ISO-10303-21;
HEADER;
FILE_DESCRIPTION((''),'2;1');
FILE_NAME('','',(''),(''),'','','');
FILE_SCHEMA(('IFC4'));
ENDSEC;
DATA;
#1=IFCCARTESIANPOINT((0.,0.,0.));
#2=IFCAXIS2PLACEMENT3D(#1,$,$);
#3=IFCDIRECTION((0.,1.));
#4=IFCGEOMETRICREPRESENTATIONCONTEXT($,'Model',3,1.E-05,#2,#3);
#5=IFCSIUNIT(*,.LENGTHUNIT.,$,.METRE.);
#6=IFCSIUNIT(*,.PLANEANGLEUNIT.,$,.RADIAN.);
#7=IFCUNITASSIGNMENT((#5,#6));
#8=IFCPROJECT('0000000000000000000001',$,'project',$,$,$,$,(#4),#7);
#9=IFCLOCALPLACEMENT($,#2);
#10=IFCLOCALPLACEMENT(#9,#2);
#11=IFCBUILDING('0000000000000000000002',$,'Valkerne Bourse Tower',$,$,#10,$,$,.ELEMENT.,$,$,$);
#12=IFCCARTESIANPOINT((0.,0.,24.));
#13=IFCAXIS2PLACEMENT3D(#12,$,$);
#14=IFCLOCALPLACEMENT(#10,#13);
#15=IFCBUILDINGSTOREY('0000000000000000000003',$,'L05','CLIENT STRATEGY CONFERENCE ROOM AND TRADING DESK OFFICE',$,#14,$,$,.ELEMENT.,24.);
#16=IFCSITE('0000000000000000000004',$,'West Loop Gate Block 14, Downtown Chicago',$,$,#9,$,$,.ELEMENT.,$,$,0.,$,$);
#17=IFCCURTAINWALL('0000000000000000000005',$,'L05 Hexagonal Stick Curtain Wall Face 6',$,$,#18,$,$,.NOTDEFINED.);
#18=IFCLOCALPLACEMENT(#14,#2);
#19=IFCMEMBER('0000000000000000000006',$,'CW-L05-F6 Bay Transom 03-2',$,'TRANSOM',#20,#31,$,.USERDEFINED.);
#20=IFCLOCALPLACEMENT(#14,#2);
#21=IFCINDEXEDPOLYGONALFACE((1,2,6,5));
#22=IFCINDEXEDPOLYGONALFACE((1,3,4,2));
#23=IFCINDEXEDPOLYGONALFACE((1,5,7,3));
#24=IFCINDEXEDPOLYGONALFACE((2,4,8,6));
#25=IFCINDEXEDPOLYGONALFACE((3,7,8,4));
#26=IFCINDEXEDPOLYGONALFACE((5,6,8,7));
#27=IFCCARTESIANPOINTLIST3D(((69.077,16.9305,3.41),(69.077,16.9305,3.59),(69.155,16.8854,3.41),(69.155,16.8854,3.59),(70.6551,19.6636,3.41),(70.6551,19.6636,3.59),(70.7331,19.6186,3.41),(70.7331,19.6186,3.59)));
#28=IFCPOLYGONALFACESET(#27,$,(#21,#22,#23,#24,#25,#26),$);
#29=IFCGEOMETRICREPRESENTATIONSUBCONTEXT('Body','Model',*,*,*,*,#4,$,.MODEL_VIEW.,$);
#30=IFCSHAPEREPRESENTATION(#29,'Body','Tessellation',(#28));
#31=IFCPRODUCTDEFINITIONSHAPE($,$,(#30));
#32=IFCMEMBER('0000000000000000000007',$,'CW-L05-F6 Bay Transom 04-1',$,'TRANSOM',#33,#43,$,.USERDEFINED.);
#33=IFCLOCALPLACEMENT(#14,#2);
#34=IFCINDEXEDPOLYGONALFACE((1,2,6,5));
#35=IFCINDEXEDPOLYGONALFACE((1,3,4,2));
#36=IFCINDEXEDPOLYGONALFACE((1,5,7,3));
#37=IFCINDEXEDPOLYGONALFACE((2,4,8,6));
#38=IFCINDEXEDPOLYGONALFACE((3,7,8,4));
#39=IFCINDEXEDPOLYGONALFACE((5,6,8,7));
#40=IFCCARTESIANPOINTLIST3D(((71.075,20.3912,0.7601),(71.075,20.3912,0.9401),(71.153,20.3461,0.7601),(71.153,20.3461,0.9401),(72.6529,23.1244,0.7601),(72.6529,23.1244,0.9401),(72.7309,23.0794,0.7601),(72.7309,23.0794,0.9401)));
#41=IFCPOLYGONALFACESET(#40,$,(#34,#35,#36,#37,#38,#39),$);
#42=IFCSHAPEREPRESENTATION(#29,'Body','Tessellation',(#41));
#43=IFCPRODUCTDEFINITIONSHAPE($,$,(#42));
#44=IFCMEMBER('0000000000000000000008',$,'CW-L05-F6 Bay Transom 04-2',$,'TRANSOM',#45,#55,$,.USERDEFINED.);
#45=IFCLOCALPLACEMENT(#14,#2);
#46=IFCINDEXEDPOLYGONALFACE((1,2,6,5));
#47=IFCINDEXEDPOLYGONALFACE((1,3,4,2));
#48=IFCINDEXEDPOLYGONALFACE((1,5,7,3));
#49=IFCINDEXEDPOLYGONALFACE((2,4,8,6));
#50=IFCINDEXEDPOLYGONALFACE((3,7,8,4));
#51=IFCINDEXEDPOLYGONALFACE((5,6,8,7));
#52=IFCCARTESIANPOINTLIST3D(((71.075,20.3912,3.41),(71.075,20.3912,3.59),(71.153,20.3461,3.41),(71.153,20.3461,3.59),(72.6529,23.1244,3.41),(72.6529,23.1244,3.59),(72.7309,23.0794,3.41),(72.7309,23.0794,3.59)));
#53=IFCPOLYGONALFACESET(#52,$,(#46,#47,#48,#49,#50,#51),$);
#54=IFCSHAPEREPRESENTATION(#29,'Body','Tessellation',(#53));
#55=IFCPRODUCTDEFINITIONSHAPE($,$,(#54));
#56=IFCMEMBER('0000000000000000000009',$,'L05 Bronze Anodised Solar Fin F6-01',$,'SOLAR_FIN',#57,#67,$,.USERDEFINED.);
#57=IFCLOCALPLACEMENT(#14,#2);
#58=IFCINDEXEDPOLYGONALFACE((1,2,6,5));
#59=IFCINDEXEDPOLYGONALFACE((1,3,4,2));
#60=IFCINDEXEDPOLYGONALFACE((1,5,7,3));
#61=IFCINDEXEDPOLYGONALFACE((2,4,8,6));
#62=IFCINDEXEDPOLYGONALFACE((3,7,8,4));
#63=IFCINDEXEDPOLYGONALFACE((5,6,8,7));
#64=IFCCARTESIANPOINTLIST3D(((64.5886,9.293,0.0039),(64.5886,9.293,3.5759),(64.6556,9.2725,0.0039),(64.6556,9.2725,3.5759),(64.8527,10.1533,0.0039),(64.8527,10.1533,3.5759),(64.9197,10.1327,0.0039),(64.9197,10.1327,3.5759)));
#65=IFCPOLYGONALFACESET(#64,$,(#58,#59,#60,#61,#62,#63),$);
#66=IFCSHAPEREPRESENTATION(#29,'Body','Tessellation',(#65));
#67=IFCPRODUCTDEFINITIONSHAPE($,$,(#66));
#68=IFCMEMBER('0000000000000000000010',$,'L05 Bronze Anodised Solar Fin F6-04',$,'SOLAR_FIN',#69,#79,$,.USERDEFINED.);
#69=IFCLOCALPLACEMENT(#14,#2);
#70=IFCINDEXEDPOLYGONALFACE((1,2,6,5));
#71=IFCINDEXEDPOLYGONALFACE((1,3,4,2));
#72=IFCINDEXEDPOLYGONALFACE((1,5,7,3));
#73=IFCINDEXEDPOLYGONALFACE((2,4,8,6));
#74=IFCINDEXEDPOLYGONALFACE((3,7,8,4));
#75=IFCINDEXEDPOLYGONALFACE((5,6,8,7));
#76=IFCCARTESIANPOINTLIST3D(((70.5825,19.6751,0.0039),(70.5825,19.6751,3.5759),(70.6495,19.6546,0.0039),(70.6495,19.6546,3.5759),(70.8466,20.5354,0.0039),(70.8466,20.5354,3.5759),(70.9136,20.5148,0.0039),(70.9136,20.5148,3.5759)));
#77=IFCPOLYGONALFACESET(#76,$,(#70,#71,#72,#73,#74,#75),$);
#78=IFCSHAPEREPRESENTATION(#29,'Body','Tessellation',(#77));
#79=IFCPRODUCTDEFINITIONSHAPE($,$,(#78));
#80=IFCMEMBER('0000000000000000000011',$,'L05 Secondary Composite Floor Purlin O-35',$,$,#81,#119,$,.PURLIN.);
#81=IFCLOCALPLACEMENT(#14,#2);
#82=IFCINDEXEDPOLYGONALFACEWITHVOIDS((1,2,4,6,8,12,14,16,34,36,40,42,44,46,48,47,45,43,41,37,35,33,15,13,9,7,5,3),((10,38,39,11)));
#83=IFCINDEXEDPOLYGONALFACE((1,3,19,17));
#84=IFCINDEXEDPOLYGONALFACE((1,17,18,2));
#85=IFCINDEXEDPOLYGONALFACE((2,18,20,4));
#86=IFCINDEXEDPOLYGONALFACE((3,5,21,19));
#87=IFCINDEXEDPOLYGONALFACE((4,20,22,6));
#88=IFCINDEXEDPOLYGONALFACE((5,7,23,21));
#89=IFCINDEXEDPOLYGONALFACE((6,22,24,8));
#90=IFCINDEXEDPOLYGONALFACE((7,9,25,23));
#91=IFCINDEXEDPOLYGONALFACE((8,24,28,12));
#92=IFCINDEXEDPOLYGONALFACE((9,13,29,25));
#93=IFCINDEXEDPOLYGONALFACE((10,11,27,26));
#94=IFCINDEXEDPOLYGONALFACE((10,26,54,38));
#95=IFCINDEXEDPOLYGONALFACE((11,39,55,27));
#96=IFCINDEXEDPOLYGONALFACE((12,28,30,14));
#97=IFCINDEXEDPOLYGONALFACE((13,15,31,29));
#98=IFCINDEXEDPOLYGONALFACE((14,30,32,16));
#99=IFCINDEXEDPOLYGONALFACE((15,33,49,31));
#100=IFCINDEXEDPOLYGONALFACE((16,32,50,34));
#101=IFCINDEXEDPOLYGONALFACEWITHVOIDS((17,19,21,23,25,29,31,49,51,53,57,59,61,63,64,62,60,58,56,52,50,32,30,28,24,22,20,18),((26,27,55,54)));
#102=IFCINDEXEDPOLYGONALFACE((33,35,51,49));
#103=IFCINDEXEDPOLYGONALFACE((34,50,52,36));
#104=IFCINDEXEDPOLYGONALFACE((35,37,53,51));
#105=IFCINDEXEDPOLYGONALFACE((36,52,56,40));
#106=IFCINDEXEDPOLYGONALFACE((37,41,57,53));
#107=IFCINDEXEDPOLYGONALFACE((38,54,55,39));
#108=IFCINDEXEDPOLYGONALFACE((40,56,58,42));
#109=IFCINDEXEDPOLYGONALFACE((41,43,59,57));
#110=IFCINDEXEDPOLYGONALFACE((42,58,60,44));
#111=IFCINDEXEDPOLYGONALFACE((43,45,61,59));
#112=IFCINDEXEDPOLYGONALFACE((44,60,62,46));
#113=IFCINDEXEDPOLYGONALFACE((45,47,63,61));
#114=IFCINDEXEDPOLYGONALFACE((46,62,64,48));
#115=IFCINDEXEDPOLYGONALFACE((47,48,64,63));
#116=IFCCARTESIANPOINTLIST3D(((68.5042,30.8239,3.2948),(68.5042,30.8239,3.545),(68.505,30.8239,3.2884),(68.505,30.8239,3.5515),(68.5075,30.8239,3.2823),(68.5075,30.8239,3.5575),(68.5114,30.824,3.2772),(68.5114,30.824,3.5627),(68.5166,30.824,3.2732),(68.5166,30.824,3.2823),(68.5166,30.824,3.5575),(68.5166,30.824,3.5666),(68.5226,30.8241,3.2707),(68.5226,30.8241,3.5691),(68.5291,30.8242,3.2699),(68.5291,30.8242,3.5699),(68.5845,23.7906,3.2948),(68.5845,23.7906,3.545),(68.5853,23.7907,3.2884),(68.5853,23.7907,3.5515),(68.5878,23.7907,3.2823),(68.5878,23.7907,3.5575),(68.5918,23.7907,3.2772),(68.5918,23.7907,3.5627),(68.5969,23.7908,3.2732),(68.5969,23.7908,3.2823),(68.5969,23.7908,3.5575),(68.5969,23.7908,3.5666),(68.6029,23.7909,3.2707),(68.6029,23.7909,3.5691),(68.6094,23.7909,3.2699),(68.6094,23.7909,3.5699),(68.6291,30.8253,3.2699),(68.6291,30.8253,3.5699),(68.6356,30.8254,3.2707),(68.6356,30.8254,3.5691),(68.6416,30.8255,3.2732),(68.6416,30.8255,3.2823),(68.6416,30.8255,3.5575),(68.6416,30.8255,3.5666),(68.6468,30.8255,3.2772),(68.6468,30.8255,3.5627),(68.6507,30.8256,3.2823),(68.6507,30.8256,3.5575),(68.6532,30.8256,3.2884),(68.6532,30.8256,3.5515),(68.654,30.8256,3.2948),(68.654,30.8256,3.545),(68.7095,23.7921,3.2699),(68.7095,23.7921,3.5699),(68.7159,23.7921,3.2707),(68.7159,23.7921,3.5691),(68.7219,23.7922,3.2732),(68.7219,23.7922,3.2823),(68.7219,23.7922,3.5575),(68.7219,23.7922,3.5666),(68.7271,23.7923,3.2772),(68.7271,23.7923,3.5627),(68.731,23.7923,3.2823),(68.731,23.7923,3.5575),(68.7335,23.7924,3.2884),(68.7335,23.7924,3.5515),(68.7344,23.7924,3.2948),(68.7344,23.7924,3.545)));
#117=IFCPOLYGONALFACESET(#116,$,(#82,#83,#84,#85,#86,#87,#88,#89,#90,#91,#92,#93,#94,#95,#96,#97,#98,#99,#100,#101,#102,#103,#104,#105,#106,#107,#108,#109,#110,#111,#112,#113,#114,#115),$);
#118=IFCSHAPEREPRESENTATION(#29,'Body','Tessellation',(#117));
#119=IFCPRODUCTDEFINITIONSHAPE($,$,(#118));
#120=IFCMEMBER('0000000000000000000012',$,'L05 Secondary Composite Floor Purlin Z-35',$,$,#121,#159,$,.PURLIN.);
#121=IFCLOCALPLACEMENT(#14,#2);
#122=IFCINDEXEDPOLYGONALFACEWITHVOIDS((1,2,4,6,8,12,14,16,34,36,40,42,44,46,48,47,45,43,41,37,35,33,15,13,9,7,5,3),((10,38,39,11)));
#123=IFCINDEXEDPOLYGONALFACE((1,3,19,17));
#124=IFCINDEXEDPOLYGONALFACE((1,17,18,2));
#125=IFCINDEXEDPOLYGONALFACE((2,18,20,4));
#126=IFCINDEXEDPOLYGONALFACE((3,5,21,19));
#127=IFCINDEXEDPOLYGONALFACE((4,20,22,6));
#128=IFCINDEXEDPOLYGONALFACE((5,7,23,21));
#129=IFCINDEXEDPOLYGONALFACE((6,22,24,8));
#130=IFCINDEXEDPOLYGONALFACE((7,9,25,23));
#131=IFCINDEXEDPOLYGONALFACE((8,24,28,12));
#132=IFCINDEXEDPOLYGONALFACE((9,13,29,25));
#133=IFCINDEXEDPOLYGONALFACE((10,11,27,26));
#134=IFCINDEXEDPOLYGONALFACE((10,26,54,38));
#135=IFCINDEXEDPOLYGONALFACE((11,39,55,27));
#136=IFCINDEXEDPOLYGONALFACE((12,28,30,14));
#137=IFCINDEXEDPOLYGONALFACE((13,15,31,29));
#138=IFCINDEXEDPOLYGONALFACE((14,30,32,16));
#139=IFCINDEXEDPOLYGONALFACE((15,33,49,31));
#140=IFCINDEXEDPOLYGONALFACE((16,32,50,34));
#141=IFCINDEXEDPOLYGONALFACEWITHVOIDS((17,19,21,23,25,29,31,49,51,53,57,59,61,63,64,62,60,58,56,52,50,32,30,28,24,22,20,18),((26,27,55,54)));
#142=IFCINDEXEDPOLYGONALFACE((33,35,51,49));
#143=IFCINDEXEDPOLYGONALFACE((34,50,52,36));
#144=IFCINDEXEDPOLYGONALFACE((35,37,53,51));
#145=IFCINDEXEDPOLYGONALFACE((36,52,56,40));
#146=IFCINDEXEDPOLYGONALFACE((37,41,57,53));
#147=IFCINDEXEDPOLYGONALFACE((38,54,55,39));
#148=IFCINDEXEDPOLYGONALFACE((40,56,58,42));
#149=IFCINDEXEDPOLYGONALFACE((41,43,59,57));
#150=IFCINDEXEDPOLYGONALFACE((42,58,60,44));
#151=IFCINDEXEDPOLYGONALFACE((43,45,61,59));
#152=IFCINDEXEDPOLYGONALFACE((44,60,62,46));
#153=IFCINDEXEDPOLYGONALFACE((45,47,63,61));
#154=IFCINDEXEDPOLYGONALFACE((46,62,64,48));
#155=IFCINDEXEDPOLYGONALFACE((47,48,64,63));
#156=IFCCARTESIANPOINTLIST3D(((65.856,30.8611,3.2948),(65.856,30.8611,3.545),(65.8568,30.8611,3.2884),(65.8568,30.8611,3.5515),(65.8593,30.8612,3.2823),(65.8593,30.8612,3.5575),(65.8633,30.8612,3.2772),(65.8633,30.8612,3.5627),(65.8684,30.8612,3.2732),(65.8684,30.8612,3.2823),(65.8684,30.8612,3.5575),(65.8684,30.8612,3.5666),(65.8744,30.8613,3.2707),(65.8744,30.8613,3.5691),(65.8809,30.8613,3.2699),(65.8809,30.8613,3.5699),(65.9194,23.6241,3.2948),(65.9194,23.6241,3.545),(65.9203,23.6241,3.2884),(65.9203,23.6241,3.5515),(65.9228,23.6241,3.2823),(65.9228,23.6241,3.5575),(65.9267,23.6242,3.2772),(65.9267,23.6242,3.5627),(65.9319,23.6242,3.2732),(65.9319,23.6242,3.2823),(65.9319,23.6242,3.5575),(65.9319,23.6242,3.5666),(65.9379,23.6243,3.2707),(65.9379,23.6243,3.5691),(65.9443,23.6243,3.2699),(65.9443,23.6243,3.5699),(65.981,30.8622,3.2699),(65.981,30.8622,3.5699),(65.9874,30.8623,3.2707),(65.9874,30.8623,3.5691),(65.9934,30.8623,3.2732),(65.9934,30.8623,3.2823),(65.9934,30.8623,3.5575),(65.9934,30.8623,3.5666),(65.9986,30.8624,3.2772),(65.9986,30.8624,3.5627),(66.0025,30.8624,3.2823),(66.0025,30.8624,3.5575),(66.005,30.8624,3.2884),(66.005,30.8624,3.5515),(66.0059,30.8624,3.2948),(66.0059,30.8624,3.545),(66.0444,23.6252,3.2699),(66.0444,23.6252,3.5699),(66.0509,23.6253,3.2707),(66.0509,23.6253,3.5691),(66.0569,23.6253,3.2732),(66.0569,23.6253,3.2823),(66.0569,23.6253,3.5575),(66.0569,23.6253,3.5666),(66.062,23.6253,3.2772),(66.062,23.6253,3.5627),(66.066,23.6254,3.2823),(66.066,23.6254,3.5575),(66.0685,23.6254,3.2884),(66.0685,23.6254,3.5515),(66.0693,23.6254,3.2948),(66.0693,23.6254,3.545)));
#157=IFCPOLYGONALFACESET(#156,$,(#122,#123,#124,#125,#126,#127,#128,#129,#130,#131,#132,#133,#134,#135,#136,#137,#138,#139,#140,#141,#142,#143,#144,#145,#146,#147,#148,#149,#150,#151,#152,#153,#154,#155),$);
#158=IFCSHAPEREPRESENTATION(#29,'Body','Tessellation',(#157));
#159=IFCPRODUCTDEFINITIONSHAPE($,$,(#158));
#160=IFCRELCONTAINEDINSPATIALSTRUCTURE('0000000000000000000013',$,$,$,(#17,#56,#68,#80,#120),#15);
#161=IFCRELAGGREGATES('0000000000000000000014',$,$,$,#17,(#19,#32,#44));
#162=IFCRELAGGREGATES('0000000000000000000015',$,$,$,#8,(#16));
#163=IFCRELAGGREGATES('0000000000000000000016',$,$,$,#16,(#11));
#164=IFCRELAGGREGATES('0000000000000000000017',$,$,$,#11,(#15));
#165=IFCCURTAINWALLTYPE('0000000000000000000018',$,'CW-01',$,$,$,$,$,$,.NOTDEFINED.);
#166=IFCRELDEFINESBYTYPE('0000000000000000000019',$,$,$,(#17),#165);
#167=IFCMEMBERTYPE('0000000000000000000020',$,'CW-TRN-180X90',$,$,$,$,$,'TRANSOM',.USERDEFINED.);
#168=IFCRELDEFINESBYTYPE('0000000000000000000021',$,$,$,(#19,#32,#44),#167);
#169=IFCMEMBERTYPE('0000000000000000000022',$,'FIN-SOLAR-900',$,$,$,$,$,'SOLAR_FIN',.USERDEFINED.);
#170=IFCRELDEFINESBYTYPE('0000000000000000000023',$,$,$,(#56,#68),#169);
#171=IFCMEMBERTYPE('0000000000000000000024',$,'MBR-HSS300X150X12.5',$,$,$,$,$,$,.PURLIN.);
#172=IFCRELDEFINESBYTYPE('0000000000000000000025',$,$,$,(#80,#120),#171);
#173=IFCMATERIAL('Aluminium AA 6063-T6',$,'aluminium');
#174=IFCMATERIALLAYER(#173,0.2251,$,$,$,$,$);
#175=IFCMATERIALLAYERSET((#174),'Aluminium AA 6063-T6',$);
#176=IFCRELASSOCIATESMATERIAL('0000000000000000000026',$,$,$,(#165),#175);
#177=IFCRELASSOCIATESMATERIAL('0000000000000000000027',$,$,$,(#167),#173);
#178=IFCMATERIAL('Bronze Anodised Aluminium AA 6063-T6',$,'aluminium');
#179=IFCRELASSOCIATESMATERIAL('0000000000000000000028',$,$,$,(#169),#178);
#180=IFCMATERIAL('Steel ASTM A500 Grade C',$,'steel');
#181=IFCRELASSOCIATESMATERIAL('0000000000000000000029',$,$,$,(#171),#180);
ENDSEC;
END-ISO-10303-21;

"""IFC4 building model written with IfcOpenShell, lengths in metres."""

from ifc_helpers import new_model, si_unit, direction, frame, origin, origin_2d, place, context, subcontext, project, spatial, rectangle, hollow_rectangle, extrude, material, layer, layer_set, material_profile, profile_set, type_object, element, aggregate, save


model = new_model("IFC4")

# Units and contexts
model_context = context("Model", 3, precision=1e-05, world=origin(), true_north=direction((0.0, 1.0)))
body_context = subcontext(model_context, "Body", "Model", "MODEL_VIEW")
ifc_project = project(units=[si_unit("LENGTHUNIT", "METRE"), si_unit("PLANEANGLEUNIT", "RADIAN")], contexts=[model_context])

# Site, building, storey
site_placement = place(None, origin())
site = spatial("IfcSite", under=ifc_project, at=site_placement, Name="West Loop Gate Block 14, Downtown Chicago", CompositionType="ELEMENT", RefElevation=0.0)
building_placement = place(site_placement, origin())
building = spatial("IfcBuilding", under=site, at=building_placement, Name="Valkerne Bourse Tower", CompositionType="ELEMENT")
storey_placement = place(building_placement, frame((0.0, 0.0, 24.0)))
storey = spatial("IfcBuildingStorey", under=building, at=storey_placement, Name="L05", Description="CLIENT STRATEGY CONFERENCE ROOM AND TRADING DESK OFFICE", CompositionType="ELEMENT", Elevation=24.0)

# Curtain wall, members
ifc_material_1 = material(Name="Aluminium AA 6063-T6", Category="aluminium")
ifc_layer_1 = layer(ifc_material_1, 0.2251)
ifc_layer_set_1 = layer_set([ifc_layer_1], Name="Aluminium AA 6063-T6")
curtain_wall_type = type_object("IfcCurtainWallType", Name="CW-01", PredefinedType="NOTDEFINED", material=ifc_layer_set_1)
curtain_wall_placement = place(storey_placement, origin())
curtain_wall = element("IfcCurtainWall", 1, at=curtain_wall_placement, inside=storey, type_object=curtain_wall_type, Name="L05 Hexagonal Stick Curtain Wall Face 6", PredefinedType="NOTDEFINED")
ifc_material_profile_1 = material_profile(ifc_material_1, rectangle(XDim=0.0901, YDim=0.1799, at=origin_2d()), Name="CWT-90X180")
ifc_profile_set_1 = profile_set([ifc_material_profile_1], Name="Aluminium AA 6063-T6")
member_type_1 = type_object("IfcMemberType", Name="CW-TRN-180X90", ElementType="TRANSOM", PredefinedType="USERDEFINED", material=ifc_profile_set_1)
member_1_placement = place(storey_placement, frame((69.116, 16.908, 3.5), z_axis=(0.500033, 0.866007, 0.0), x_axis=(-0.866007, 0.500033, 0.0)))
member_1 = element("IfcMember", 2, at=member_1_placement, type_object=member_type_1, Name="CW-L05-F6 Bay Transom 03-2", ObjectType="TRANSOM", PredefinedType="USERDEFINED", context=body_context, shape_type="SweptSolid", body=[
    extrude(rectangle(XDim=0.0901, YDim=0.1799, at=origin_2d()), origin(), (0.0, 0.0, 1.0), 3.156),
])
member_2_placement = place(storey_placement, frame((71.114, 20.3687, 0.8501), z_axis=(0.499975, 0.86604, 0.0), x_axis=(-0.86604, 0.499975, 0.0)))
member_2 = element("IfcMember", 3, at=member_2_placement, type_object=member_type_1, Name="CW-L05-F6 Bay Transom 04-1", ObjectType="TRANSOM", PredefinedType="USERDEFINED", context=body_context, shape_type="SweptSolid", body=[
    extrude(rectangle(XDim=0.0901, YDim=0.1799, at=origin_2d()), origin(), (0.0, 0.0, 1.0), 3.156),
])
member_3_placement = place(storey_placement, frame((71.114, 20.3687, 3.5), z_axis=(0.499975, 0.86604, 0.0), x_axis=(-0.86604, 0.499975, 0.0)))
member_3 = element("IfcMember", 4, at=member_3_placement, type_object=member_type_1, Name="CW-L05-F6 Bay Transom 04-2", ObjectType="TRANSOM", PredefinedType="USERDEFINED", context=body_context, shape_type="SweptSolid", body=[
    extrude(rectangle(XDim=0.0901, YDim=0.1799, at=origin_2d()), origin(), (0.0, 0.0, 1.0), 3.156),
])

# Members
ifc_material_2 = material(Name="Bronze Anodised Aluminium AA 6063-T6", Category="aluminium")
ifc_material_profile_2 = material_profile(ifc_material_2, rectangle(XDim=0.0701, YDim=0.8999, at=origin_2d()), Name="FIN-70X900")
ifc_profile_set_2 = profile_set([ifc_material_profile_2], Name="Bronze Anodised Aluminium AA 6063-T6")
member_type_2 = type_object("IfcMemberType", Name="FIN-SOLAR-900", ElementType="SOLAR_FIN", PredefinedType="USERDEFINED", material=ifc_profile_set_2)
for number, where, z_axis, x_axis, name in (
    (5, (64.7542, 9.7129, 0.0039), (0.0, 0.0, 1.0), (0.955971, -0.29346, 0.0), "L05 Bronze Anodised Solar Fin F6-01"),
    (6, (70.748, 20.095, 0.0039), (0.0, 0.0, 1.0), (0.955967, -0.293473, 0.0), "L05 Bronze Anodised Solar Fin F6-04"),
):
    element("IfcMember", number, at=place(storey_placement, frame(where, z_axis=z_axis, x_axis=x_axis)), inside=storey, type_object=member_type_2, Name=name, ObjectType="SOLAR_FIN", PredefinedType="USERDEFINED", context=body_context, shape_type="SweptSolid", body=[
        extrude(rectangle(XDim=0.0701, YDim=0.8999, at=origin_2d()), origin(), (0.0, 0.0, 1.0), 3.572),
    ])
ifc_material_3 = material(Name="Steel ASTM A500 Grade C", Category="steel")
ifc_material_profile_3 = material_profile(ifc_material_3, hollow_rectangle(XDim=0.1499, YDim=0.3, WallThickness=0.0125, OuterFilletRadius=0.0249, at=origin_2d()), Name="HSS300X150X12.5")
ifc_profile_set_3 = profile_set([ifc_material_profile_3], Name="Steel ASTM A500 Grade C")
member_type_3 = type_object("IfcMemberType", Name="MBR-HSS300X150X12.5", PredefinedType="PURLIN", material=ifc_profile_set_3)
member_4_placement = place(storey_placement, frame((68.6594, 23.7915, 3.4199), z_axis=(-0.01142, 0.999935, 0.0), x_axis=(-0.999935, -0.01142, 0.0)))
element("IfcMember", 7, at=member_4_placement, inside=storey, type_object=member_type_3, Name="L05 Secondary Composite Floor Purlin O-35", PredefinedType="PURLIN", context=body_context, shape_type="SweptSolid", body=[
    extrude(hollow_rectangle(XDim=0.1499, YDim=0.3, WallThickness=0.0125, OuterFilletRadius=0.0249, at=origin_2d()), origin(), (0.0, 0.0, 1.0), 7.0337),
])
member_5_placement = place(storey_placement, frame((65.9944, 23.6248, 3.4199), z_axis=(-0.008771, 0.999962, 0.0), x_axis=(-0.999962, -0.008771, 0.0)))
element("IfcMember", 8, at=member_5_placement, inside=storey, type_object=member_type_3, Name="L05 Secondary Composite Floor Purlin Z-35", PredefinedType="PURLIN", context=body_context, shape_type="SweptSolid", body=[
    extrude(hollow_rectangle(XDim=0.1499, YDim=0.3, WallThickness=0.0125, OuterFilletRadius=0.0249, at=origin_2d()), origin(), (0.0, 0.0, 1.0), 7.2373),
])

aggregate(curtain_wall, [member_1, member_2, member_3])

save(model, "model.ifc")
